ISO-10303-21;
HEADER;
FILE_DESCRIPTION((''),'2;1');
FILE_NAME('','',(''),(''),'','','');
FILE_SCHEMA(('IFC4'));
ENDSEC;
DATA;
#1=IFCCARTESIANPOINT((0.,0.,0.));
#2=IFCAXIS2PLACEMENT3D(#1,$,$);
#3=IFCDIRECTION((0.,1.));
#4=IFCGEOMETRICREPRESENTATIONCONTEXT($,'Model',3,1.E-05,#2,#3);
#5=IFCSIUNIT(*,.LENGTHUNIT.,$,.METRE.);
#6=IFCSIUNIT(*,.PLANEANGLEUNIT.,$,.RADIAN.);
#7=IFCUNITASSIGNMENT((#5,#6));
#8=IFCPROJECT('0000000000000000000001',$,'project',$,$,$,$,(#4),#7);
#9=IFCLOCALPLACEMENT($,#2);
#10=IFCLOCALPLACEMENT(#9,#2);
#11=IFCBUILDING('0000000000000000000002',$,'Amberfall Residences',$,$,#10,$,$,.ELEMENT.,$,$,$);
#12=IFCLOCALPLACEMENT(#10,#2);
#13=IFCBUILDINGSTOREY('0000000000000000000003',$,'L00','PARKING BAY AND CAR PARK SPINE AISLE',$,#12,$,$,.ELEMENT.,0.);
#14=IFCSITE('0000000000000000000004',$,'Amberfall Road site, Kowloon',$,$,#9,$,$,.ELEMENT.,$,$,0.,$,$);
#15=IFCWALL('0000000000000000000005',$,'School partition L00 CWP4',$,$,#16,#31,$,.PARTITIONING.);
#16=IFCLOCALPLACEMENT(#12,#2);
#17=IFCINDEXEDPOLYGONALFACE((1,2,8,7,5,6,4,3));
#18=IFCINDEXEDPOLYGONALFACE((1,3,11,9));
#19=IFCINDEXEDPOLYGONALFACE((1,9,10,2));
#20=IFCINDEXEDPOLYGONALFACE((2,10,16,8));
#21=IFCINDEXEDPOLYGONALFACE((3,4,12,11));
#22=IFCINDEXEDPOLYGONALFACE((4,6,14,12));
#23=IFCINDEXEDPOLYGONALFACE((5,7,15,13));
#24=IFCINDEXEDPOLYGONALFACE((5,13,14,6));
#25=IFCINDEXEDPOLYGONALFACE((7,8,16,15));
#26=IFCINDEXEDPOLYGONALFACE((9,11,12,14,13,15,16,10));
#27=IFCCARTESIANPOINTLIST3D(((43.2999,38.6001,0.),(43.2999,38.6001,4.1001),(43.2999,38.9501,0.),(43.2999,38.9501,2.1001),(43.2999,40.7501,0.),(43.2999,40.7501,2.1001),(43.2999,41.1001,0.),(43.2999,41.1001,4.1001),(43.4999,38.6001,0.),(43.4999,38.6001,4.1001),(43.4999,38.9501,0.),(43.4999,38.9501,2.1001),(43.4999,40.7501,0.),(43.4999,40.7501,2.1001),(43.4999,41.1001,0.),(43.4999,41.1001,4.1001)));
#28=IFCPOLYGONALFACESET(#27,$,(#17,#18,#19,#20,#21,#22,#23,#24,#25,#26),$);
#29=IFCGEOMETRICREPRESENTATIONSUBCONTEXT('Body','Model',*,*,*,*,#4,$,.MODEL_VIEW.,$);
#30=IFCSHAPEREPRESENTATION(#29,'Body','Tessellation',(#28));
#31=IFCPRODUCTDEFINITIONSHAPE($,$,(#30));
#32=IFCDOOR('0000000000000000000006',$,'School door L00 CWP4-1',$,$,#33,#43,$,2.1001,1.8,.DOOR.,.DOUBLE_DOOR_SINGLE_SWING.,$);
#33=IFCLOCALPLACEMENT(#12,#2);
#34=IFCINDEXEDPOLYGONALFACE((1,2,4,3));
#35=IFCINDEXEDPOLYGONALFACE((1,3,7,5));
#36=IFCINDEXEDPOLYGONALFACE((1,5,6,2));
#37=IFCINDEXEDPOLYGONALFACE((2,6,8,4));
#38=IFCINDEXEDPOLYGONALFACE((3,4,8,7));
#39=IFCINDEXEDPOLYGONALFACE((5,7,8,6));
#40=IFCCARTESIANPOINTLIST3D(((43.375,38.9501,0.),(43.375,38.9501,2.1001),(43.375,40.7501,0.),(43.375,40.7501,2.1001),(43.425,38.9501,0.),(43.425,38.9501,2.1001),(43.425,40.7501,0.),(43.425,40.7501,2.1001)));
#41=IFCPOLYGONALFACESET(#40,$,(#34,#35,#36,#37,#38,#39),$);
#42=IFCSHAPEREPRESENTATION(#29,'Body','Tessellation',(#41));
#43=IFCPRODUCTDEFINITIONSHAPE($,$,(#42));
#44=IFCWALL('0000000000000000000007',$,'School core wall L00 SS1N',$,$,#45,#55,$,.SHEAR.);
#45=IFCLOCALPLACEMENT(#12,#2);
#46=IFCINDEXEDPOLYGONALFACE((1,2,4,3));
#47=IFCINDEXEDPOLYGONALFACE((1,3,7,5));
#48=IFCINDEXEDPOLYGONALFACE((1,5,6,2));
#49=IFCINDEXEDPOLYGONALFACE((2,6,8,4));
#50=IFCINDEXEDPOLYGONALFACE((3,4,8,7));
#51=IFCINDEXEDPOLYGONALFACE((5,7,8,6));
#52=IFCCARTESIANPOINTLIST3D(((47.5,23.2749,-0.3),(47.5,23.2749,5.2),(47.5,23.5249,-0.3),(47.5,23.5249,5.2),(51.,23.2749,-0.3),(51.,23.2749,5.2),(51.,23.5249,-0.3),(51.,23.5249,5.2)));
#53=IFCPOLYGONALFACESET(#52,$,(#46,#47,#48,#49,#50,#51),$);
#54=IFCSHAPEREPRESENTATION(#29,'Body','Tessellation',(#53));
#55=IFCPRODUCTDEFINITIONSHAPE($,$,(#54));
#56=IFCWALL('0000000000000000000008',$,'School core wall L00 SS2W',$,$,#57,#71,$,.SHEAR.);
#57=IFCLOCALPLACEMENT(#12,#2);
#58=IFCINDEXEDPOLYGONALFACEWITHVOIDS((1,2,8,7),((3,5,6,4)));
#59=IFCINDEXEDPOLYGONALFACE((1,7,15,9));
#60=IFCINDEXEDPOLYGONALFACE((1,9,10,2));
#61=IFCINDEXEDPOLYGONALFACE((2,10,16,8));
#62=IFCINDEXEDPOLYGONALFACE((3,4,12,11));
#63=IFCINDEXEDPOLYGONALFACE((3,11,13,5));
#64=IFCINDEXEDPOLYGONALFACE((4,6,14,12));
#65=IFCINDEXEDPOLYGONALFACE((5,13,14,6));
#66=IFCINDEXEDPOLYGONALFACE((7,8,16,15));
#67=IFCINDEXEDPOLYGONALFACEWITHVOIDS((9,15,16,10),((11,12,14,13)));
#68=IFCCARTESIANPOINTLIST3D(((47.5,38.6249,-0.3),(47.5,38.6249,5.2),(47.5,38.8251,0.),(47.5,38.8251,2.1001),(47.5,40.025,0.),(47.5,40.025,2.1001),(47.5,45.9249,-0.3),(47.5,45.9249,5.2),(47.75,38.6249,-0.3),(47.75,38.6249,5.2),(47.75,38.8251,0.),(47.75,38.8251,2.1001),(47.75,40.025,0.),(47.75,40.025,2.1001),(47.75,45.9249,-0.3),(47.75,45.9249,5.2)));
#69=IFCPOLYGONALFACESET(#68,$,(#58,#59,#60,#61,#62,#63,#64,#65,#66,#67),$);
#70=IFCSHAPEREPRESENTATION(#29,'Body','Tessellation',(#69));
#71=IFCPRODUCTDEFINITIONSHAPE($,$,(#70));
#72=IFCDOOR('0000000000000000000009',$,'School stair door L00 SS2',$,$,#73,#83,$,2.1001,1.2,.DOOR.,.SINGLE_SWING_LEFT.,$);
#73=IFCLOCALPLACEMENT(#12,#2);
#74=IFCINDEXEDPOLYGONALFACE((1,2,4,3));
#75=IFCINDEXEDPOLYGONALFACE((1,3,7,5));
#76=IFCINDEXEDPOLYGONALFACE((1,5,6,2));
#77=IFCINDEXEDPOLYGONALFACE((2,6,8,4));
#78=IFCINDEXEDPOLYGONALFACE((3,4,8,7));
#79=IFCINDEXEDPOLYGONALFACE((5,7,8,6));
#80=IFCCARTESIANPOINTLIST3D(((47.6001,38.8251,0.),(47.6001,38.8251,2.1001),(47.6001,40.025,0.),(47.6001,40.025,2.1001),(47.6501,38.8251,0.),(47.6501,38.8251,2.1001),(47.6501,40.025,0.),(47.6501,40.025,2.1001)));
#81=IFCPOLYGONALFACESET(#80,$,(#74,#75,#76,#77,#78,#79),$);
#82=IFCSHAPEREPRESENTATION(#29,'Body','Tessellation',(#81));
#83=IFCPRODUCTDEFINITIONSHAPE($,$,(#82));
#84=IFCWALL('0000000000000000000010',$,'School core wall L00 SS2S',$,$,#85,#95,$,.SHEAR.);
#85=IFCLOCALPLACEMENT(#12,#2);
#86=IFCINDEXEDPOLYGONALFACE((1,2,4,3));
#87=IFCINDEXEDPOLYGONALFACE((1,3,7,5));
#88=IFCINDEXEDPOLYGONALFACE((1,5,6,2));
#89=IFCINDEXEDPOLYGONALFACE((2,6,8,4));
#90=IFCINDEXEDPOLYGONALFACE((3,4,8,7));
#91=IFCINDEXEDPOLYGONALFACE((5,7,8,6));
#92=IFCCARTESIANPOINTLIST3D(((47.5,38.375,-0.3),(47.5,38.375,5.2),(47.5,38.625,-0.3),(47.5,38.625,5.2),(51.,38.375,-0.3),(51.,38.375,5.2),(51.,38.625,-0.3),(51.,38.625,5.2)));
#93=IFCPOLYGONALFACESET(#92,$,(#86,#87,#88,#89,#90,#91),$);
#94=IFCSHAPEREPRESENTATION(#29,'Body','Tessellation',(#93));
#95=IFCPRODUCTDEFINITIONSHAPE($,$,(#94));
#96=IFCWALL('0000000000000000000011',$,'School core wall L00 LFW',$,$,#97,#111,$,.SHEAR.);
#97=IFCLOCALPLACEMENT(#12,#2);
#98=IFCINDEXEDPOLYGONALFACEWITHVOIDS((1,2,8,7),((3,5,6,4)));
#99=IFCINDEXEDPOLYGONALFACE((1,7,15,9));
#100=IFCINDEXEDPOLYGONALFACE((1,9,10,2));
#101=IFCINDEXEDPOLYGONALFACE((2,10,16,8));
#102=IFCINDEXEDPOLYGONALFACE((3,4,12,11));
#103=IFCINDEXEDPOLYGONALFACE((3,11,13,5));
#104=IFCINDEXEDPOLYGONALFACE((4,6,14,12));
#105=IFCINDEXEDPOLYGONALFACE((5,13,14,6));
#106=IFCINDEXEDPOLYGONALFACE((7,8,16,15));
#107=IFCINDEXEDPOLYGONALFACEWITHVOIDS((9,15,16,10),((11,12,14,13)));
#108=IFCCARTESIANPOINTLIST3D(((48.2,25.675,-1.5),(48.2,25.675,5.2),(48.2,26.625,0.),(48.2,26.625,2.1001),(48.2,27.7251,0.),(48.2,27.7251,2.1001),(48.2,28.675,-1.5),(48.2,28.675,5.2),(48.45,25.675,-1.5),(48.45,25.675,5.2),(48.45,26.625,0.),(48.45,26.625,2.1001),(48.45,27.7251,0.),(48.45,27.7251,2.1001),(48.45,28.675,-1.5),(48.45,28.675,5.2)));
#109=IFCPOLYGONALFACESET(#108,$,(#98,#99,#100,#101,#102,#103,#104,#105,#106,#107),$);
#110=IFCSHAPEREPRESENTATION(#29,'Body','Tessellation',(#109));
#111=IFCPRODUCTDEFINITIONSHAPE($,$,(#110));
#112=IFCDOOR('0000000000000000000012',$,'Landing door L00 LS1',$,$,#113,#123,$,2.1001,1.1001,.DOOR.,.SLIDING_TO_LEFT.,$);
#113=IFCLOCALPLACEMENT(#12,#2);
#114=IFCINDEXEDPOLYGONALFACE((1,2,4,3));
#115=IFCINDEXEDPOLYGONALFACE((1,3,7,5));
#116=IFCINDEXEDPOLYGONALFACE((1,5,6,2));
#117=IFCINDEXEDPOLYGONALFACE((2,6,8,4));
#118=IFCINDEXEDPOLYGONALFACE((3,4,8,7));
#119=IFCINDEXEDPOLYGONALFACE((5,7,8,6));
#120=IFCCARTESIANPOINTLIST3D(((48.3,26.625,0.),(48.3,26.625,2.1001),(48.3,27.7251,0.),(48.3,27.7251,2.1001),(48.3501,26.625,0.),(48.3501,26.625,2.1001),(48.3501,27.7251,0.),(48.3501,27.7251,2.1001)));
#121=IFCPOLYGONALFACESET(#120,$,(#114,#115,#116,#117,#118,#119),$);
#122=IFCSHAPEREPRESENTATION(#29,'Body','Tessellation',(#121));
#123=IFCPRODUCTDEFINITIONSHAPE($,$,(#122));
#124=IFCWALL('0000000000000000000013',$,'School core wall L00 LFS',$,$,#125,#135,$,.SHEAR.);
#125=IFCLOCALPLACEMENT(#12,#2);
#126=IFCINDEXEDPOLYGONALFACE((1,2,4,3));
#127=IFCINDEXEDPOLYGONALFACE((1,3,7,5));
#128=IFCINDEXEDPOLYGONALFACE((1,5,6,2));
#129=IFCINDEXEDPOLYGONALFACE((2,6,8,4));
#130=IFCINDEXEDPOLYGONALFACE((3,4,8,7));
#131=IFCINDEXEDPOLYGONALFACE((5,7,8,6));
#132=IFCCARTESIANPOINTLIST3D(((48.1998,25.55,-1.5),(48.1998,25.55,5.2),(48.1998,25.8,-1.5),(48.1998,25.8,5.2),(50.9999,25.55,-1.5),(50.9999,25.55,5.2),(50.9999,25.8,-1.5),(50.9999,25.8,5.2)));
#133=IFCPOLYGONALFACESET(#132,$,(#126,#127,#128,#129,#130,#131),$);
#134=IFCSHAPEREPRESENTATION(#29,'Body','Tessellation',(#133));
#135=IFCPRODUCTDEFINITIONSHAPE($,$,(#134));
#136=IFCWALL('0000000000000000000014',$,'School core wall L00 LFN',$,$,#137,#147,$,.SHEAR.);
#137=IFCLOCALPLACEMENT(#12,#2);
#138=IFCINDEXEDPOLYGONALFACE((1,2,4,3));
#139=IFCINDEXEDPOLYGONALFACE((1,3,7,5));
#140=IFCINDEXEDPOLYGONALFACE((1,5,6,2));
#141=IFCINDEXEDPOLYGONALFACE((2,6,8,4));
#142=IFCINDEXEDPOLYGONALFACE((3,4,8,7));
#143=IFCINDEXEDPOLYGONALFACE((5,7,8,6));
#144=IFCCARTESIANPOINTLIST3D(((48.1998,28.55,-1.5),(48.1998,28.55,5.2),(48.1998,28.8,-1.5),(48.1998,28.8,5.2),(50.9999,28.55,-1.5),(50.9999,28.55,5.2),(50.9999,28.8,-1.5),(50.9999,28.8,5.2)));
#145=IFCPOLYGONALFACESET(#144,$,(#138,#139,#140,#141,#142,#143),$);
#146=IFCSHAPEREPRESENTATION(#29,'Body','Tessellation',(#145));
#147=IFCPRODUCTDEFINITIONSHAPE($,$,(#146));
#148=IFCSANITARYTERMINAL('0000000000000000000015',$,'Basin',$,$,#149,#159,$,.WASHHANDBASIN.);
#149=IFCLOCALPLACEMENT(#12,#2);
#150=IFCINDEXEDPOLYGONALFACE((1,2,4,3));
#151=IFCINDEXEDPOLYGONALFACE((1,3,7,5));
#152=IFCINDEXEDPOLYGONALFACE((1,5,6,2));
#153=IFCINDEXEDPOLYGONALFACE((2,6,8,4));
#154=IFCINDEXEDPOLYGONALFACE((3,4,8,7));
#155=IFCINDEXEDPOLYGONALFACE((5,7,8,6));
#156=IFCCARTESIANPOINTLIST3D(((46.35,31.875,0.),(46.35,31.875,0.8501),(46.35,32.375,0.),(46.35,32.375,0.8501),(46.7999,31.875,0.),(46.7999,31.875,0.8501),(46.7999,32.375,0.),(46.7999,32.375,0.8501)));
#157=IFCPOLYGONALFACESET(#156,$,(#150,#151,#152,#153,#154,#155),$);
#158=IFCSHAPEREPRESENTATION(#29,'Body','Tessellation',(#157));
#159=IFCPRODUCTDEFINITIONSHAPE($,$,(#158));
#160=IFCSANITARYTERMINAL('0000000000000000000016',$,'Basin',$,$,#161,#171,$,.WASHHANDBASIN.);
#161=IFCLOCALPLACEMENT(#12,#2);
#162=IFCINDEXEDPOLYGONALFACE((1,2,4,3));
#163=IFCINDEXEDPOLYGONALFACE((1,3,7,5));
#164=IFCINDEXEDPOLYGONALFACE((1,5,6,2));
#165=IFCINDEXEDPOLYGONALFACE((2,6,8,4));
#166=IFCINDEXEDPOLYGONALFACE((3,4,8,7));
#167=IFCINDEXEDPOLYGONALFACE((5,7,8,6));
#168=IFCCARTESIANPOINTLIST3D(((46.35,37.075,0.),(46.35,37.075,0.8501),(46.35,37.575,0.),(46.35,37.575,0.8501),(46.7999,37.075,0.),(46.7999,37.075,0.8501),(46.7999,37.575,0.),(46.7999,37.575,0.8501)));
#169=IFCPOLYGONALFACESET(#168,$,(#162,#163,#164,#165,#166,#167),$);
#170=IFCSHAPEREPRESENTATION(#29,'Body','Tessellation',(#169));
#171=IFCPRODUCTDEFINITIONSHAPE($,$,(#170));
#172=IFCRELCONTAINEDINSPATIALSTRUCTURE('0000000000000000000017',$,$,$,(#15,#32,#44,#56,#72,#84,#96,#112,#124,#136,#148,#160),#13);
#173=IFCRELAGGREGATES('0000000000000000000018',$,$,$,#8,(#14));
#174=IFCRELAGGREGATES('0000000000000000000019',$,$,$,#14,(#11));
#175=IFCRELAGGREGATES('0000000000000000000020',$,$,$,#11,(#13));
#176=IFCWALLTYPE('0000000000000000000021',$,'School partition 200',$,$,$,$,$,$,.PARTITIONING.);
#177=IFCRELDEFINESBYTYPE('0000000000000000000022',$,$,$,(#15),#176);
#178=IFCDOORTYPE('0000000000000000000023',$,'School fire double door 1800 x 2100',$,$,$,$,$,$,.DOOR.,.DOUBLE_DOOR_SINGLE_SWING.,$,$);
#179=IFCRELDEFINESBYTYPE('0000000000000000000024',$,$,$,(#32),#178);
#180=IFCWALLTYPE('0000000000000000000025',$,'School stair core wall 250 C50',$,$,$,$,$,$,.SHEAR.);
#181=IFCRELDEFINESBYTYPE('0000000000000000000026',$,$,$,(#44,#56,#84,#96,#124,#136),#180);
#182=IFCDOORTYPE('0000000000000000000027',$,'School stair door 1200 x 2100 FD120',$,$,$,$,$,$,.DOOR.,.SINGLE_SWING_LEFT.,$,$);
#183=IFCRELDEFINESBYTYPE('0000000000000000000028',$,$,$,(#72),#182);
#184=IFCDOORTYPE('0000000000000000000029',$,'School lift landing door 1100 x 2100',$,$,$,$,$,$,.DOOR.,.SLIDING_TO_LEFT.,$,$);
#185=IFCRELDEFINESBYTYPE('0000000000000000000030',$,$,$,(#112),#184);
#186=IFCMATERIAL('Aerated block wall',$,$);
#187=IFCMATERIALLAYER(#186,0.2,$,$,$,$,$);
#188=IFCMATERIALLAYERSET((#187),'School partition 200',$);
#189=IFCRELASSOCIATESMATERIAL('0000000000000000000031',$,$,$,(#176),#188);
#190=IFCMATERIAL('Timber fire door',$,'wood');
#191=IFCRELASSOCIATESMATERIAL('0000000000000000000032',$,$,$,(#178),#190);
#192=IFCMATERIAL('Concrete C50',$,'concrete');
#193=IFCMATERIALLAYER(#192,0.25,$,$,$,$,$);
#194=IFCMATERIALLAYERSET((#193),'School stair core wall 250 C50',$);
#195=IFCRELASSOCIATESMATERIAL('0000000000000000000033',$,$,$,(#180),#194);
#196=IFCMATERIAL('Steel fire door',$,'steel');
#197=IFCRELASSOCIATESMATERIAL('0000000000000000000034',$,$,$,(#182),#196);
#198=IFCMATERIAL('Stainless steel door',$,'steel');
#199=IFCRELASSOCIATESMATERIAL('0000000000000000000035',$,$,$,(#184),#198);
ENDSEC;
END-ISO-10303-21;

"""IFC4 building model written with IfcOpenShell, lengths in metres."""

from ifc_helpers import new_model, si_unit, direction, frame, frame_2d, origin, origin_2d, place, context, subcontext, project, spatial, rectangle, extrude, material, layer, layer_set, type_object, element, fill, save


model = new_model("IFC4")

# Units and contexts
model_context = context("Model", 3, precision=1e-05, world=origin(), true_north=direction((0.0, 1.0)))
body_context = subcontext(model_context, "Body", "Model", "MODEL_VIEW")
ifc_project = project(units=[si_unit("LENGTHUNIT", "METRE"), si_unit("PLANEANGLEUNIT", "RADIAN")], contexts=[model_context])

# Site, building, storey
site_placement = place(None, origin())
site = spatial("IfcSite", under=ifc_project, at=site_placement, Name="Amberfall Road site, Kowloon", CompositionType="ELEMENT", RefElevation=0.0)
building_placement = place(site_placement, origin())
building = spatial("IfcBuilding", under=site, at=building_placement, Name="Amberfall Residences", CompositionType="ELEMENT")
storey_placement = place(building_placement, origin())
storey = spatial("IfcBuildingStorey", under=building, at=storey_placement, Name="L00", Description="PARKING BAY AND CAR PARK SPINE AISLE", CompositionType="ELEMENT", Elevation=0.0)

# Shared definitions
ifc_material_1 = material(Name="Aerated block wall")
ifc_layer_1 = layer(ifc_material_1, 0.2)
ifc_layer_set_1 = layer_set([ifc_layer_1], Name="School partition 200")
wall_type_1 = type_object("IfcWallType", Name="School partition 200", PredefinedType="PARTITIONING", material=ifc_layer_set_1)

# Wall, opening, door
wall_1_placement = place(storey_placement, frame((43.3999, 38.6001, 0.0), z_axis=(0.0, 0.0, 1.0), x_axis=(0.0, 1.0, 0.0)))
wall_1 = element("IfcWall", 1, at=wall_1_placement, inside=storey, type_object=wall_type_1, Name="School partition L00 CWP4", PredefinedType="PARTITIONING", context=body_context, shape_type="SweptSolid", body=[
    extrude(rectangle(XDim=2.5, YDim=0.2, at=frame_2d((1.25, 0.0))), origin(), (0.0, 0.0, 1.0), 4.1001),
])
opening_1_placement = place(wall_1_placement, frame((0.3501, 0.0, 0.0)))
opening_1 = element("IfcOpeningElement", 2, at=opening_1_placement, cuts=wall_1, PredefinedType="OPENING", context=body_context, shape_type="SweptSolid", body=[
    extrude(rectangle(XDim=1.8, YDim=2.1001, at=frame_2d((0.8999, 1.05))), frame((0.0, 0.1099, 0.0), z_axis=(0.0, -1.0, 0.0), x_axis=(1.0, 0.0, 0.0)), (0.0, 0.0, 1.0), 0.22),
])
ifc_material_2 = material(Name="Timber fire door", Category="wood")
door_type_1 = type_object("IfcDoorType", Name="School fire double door 1800 x 2100", OperationType="DOUBLE_DOOR_SINGLE_SWING", PredefinedType="DOOR", material=ifc_material_2)
door_1_placement = place(opening_1_placement, origin())
door_1 = element("IfcDoor", 3, at=door_1_placement, inside=storey, type_object=door_type_1, Name="School door L00 CWP4-1", OperationType="DOUBLE_DOOR_SINGLE_SWING", OverallHeight=2.1001, OverallWidth=1.8, PredefinedType="DOOR", context=body_context, shape_type="SweptSolid", body=[
    extrude(rectangle(XDim=1.8, YDim=2.1001, at=frame_2d((0.8999, 1.05))), frame((0.0, 0.0249, 0.0), z_axis=(0.0, -1.0, 0.0), x_axis=(1.0, 0.0, 0.0)), (0.0, 0.0, 1.0), 0.05),
])
fill(opening_1, door_1)

# Wall
ifc_material_3 = material(Name="Concrete C50", Category="concrete")
ifc_layer_2 = layer(ifc_material_3, 0.25)
ifc_layer_set_2 = layer_set([ifc_layer_2], Name="School stair core wall 250 C50")
wall_type_2 = type_object("IfcWallType", Name="School stair core wall 250 C50", PredefinedType="SHEAR", material=ifc_layer_set_2)
wall_2_placement = place(storey_placement, frame((47.5, 23.3999, -0.3), z_axis=(0.0, 0.0, 1.0), x_axis=(1.0, 0.0, 0.0)))
element("IfcWall", 4, at=wall_2_placement, inside=storey, type_object=wall_type_2, Name="School core wall L00 SS1N", PredefinedType="SHEAR", context=body_context, shape_type="SweptSolid", body=[
    extrude(rectangle(XDim=3.5, YDim=0.25, at=frame_2d((1.75, 0.0))), origin(), (0.0, 0.0, 1.0), 5.5),
])

# Wall, opening, door
wall_3_placement = place(storey_placement, frame((47.625, 38.625, -0.3), z_axis=(0.0, 0.0, 1.0), x_axis=(0.0, 1.0, 0.0)))
wall_3 = element("IfcWall", 5, at=wall_3_placement, inside=storey, type_object=wall_type_2, Name="School core wall L00 SS2W", PredefinedType="SHEAR", context=body_context, shape_type="SweptSolid", body=[
    extrude(rectangle(XDim=7.3, YDim=0.25, at=frame_2d((3.6499, 0.0))), origin(), (0.0, 0.0, 1.0), 5.5),
])
opening_2_placement = place(wall_3_placement, frame((0.2, 0.0, 0.3)))
opening_2 = element("IfcOpeningElement", 6, at=opening_2_placement, cuts=wall_3, PredefinedType="OPENING", context=body_context, shape_type="SweptSolid", body=[
    extrude(rectangle(XDim=1.2, YDim=2.1001, at=frame_2d((0.6001, 1.05))), frame((0.0, 0.135, 0.0), z_axis=(0.0, -1.0, 0.0), x_axis=(1.0, 0.0, 0.0)), (0.0, 0.0, 1.0), 0.27),
])
ifc_material_4 = material(Name="Steel fire door", Category="steel")
door_type_2 = type_object("IfcDoorType", Name="School stair door 1200 x 2100 FD120", OperationType="SINGLE_SWING_LEFT", PredefinedType="DOOR", material=ifc_material_4)
door_2_placement = place(opening_2_placement, origin())
door_2 = element("IfcDoor", 7, at=door_2_placement, inside=storey, type_object=door_type_2, Name="School stair door L00 SS2", OperationType="SINGLE_SWING_LEFT", OverallHeight=2.1001, OverallWidth=1.2, PredefinedType="DOOR", context=body_context, shape_type="SweptSolid", body=[
    extrude(rectangle(XDim=1.2, YDim=2.1001, at=frame_2d((0.6001, 1.05))), frame((0.0, 0.0249, 0.0), z_axis=(0.0, -1.0, 0.0), x_axis=(1.0, 0.0, 0.0)), (0.0, 0.0, 1.0), 0.05),
])
fill(opening_2, door_2)

# Wall
wall_4_placement = place(storey_placement, frame((47.5, 38.5, -0.3), z_axis=(0.0, 0.0, 1.0), x_axis=(1.0, 0.0, 0.0)))
element("IfcWall", 8, at=wall_4_placement, inside=storey, type_object=wall_type_2, Name="School core wall L00 SS2S", PredefinedType="SHEAR", context=body_context, shape_type="SweptSolid", body=[
    extrude(rectangle(XDim=3.5, YDim=0.25, at=frame_2d((1.75, 0.0))), origin(), (0.0, 0.0, 1.0), 5.5),
])

# Wall, opening, door
wall_5_placement = place(storey_placement, frame((48.325, 25.675, -1.5), z_axis=(0.0, 0.0, 1.0), x_axis=(0.0, 1.0, 0.0)))
wall_5 = element("IfcWall", 9, at=wall_5_placement, inside=storey, type_object=wall_type_2, Name="School core wall L00 LFW", PredefinedType="SHEAR", context=body_context, shape_type="SweptSolid", body=[
    extrude(rectangle(XDim=3.0, YDim=0.25, at=frame_2d((1.5, 0.0))), origin(), (0.0, 0.0, 1.0), 6.7),
])
opening_3_placement = place(wall_5_placement, frame((0.95, 0.0, 1.5)))
opening_3 = element("IfcOpeningElement", 10, at=opening_3_placement, cuts=wall_5, PredefinedType="OPENING", context=body_context, shape_type="SweptSolid", body=[
    extrude(rectangle(XDim=1.1001, YDim=2.1001, at=frame_2d((0.55, 1.05))), frame((0.0, 0.135, 0.0), z_axis=(0.0, -1.0, 0.0), x_axis=(1.0, 0.0, 0.0)), (0.0, 0.0, 1.0), 0.27),
])
ifc_material_5 = material(Name="Stainless steel door", Category="steel")
door_type_3 = type_object("IfcDoorType", Name="School lift landing door 1100 x 2100", OperationType="SLIDING_TO_LEFT", PredefinedType="DOOR", material=ifc_material_5)
door_3_placement = place(opening_3_placement, origin())
door_3 = element("IfcDoor", 11, at=door_3_placement, inside=storey, type_object=door_type_3, Name="Landing door L00 LS1", OperationType="SLIDING_TO_LEFT", OverallHeight=2.1001, OverallWidth=1.1001, PredefinedType="DOOR", context=body_context, shape_type="SweptSolid", body=[
    extrude(rectangle(XDim=1.1001, YDim=2.1001, at=frame_2d((0.55, 1.05))), frame((0.0, 0.0249, 0.0), z_axis=(0.0, -1.0, 0.0), x_axis=(1.0, 0.0, 0.0)), (0.0, 0.0, 1.0), 0.05),
])
fill(opening_3, door_3)

# Walls
for number, where, z_axis, x_axis, name in (
    (12, (48.2, 25.675, -1.5), (0.0, 0.0, 1.0), (1.0, 0.0, 0.0), "School core wall L00 LFS"),
    (13, (48.2, 28.675, -1.5), (0.0, 0.0, 1.0), (1.0, 0.0, 0.0), "School core wall L00 LFN"),
):
    element("IfcWall", number, at=place(storey_placement, frame(where, z_axis=z_axis, x_axis=x_axis)), inside=storey, type_object=wall_type_2, Name=name, PredefinedType="SHEAR", context=body_context, shape_type="SweptSolid", body=[
        extrude(rectangle(XDim=2.8, YDim=0.25, at=frame_2d((1.3999, 0.0))), origin(), (0.0, 0.0, 1.0), 6.7),
    ])

# Sanitary terminals
for number, where, z_axis, x_axis, name in (
    (14, (46.575, 32.125, 0.0), (0.0, 0.0, 1.0), (1.0, 0.0, 0.0), "Basin"),
    (15, (46.575, 37.325, 0.0), (0.0, 0.0, 1.0), (1.0, 0.0, 0.0), "Basin"),
):
    element("IfcSanitaryTerminal", number, at=place(storey_placement, frame(where, z_axis=z_axis, x_axis=x_axis)), inside=storey, Name=name, PredefinedType="WASHHANDBASIN", context=body_context, shape_type="SweptSolid", body=[
        extrude(rectangle(XDim=0.45, YDim=0.5, at=origin_2d()), origin(), (0.0, 0.0, 1.0), 0.8501),
    ])

save(model, "model.ifc")
